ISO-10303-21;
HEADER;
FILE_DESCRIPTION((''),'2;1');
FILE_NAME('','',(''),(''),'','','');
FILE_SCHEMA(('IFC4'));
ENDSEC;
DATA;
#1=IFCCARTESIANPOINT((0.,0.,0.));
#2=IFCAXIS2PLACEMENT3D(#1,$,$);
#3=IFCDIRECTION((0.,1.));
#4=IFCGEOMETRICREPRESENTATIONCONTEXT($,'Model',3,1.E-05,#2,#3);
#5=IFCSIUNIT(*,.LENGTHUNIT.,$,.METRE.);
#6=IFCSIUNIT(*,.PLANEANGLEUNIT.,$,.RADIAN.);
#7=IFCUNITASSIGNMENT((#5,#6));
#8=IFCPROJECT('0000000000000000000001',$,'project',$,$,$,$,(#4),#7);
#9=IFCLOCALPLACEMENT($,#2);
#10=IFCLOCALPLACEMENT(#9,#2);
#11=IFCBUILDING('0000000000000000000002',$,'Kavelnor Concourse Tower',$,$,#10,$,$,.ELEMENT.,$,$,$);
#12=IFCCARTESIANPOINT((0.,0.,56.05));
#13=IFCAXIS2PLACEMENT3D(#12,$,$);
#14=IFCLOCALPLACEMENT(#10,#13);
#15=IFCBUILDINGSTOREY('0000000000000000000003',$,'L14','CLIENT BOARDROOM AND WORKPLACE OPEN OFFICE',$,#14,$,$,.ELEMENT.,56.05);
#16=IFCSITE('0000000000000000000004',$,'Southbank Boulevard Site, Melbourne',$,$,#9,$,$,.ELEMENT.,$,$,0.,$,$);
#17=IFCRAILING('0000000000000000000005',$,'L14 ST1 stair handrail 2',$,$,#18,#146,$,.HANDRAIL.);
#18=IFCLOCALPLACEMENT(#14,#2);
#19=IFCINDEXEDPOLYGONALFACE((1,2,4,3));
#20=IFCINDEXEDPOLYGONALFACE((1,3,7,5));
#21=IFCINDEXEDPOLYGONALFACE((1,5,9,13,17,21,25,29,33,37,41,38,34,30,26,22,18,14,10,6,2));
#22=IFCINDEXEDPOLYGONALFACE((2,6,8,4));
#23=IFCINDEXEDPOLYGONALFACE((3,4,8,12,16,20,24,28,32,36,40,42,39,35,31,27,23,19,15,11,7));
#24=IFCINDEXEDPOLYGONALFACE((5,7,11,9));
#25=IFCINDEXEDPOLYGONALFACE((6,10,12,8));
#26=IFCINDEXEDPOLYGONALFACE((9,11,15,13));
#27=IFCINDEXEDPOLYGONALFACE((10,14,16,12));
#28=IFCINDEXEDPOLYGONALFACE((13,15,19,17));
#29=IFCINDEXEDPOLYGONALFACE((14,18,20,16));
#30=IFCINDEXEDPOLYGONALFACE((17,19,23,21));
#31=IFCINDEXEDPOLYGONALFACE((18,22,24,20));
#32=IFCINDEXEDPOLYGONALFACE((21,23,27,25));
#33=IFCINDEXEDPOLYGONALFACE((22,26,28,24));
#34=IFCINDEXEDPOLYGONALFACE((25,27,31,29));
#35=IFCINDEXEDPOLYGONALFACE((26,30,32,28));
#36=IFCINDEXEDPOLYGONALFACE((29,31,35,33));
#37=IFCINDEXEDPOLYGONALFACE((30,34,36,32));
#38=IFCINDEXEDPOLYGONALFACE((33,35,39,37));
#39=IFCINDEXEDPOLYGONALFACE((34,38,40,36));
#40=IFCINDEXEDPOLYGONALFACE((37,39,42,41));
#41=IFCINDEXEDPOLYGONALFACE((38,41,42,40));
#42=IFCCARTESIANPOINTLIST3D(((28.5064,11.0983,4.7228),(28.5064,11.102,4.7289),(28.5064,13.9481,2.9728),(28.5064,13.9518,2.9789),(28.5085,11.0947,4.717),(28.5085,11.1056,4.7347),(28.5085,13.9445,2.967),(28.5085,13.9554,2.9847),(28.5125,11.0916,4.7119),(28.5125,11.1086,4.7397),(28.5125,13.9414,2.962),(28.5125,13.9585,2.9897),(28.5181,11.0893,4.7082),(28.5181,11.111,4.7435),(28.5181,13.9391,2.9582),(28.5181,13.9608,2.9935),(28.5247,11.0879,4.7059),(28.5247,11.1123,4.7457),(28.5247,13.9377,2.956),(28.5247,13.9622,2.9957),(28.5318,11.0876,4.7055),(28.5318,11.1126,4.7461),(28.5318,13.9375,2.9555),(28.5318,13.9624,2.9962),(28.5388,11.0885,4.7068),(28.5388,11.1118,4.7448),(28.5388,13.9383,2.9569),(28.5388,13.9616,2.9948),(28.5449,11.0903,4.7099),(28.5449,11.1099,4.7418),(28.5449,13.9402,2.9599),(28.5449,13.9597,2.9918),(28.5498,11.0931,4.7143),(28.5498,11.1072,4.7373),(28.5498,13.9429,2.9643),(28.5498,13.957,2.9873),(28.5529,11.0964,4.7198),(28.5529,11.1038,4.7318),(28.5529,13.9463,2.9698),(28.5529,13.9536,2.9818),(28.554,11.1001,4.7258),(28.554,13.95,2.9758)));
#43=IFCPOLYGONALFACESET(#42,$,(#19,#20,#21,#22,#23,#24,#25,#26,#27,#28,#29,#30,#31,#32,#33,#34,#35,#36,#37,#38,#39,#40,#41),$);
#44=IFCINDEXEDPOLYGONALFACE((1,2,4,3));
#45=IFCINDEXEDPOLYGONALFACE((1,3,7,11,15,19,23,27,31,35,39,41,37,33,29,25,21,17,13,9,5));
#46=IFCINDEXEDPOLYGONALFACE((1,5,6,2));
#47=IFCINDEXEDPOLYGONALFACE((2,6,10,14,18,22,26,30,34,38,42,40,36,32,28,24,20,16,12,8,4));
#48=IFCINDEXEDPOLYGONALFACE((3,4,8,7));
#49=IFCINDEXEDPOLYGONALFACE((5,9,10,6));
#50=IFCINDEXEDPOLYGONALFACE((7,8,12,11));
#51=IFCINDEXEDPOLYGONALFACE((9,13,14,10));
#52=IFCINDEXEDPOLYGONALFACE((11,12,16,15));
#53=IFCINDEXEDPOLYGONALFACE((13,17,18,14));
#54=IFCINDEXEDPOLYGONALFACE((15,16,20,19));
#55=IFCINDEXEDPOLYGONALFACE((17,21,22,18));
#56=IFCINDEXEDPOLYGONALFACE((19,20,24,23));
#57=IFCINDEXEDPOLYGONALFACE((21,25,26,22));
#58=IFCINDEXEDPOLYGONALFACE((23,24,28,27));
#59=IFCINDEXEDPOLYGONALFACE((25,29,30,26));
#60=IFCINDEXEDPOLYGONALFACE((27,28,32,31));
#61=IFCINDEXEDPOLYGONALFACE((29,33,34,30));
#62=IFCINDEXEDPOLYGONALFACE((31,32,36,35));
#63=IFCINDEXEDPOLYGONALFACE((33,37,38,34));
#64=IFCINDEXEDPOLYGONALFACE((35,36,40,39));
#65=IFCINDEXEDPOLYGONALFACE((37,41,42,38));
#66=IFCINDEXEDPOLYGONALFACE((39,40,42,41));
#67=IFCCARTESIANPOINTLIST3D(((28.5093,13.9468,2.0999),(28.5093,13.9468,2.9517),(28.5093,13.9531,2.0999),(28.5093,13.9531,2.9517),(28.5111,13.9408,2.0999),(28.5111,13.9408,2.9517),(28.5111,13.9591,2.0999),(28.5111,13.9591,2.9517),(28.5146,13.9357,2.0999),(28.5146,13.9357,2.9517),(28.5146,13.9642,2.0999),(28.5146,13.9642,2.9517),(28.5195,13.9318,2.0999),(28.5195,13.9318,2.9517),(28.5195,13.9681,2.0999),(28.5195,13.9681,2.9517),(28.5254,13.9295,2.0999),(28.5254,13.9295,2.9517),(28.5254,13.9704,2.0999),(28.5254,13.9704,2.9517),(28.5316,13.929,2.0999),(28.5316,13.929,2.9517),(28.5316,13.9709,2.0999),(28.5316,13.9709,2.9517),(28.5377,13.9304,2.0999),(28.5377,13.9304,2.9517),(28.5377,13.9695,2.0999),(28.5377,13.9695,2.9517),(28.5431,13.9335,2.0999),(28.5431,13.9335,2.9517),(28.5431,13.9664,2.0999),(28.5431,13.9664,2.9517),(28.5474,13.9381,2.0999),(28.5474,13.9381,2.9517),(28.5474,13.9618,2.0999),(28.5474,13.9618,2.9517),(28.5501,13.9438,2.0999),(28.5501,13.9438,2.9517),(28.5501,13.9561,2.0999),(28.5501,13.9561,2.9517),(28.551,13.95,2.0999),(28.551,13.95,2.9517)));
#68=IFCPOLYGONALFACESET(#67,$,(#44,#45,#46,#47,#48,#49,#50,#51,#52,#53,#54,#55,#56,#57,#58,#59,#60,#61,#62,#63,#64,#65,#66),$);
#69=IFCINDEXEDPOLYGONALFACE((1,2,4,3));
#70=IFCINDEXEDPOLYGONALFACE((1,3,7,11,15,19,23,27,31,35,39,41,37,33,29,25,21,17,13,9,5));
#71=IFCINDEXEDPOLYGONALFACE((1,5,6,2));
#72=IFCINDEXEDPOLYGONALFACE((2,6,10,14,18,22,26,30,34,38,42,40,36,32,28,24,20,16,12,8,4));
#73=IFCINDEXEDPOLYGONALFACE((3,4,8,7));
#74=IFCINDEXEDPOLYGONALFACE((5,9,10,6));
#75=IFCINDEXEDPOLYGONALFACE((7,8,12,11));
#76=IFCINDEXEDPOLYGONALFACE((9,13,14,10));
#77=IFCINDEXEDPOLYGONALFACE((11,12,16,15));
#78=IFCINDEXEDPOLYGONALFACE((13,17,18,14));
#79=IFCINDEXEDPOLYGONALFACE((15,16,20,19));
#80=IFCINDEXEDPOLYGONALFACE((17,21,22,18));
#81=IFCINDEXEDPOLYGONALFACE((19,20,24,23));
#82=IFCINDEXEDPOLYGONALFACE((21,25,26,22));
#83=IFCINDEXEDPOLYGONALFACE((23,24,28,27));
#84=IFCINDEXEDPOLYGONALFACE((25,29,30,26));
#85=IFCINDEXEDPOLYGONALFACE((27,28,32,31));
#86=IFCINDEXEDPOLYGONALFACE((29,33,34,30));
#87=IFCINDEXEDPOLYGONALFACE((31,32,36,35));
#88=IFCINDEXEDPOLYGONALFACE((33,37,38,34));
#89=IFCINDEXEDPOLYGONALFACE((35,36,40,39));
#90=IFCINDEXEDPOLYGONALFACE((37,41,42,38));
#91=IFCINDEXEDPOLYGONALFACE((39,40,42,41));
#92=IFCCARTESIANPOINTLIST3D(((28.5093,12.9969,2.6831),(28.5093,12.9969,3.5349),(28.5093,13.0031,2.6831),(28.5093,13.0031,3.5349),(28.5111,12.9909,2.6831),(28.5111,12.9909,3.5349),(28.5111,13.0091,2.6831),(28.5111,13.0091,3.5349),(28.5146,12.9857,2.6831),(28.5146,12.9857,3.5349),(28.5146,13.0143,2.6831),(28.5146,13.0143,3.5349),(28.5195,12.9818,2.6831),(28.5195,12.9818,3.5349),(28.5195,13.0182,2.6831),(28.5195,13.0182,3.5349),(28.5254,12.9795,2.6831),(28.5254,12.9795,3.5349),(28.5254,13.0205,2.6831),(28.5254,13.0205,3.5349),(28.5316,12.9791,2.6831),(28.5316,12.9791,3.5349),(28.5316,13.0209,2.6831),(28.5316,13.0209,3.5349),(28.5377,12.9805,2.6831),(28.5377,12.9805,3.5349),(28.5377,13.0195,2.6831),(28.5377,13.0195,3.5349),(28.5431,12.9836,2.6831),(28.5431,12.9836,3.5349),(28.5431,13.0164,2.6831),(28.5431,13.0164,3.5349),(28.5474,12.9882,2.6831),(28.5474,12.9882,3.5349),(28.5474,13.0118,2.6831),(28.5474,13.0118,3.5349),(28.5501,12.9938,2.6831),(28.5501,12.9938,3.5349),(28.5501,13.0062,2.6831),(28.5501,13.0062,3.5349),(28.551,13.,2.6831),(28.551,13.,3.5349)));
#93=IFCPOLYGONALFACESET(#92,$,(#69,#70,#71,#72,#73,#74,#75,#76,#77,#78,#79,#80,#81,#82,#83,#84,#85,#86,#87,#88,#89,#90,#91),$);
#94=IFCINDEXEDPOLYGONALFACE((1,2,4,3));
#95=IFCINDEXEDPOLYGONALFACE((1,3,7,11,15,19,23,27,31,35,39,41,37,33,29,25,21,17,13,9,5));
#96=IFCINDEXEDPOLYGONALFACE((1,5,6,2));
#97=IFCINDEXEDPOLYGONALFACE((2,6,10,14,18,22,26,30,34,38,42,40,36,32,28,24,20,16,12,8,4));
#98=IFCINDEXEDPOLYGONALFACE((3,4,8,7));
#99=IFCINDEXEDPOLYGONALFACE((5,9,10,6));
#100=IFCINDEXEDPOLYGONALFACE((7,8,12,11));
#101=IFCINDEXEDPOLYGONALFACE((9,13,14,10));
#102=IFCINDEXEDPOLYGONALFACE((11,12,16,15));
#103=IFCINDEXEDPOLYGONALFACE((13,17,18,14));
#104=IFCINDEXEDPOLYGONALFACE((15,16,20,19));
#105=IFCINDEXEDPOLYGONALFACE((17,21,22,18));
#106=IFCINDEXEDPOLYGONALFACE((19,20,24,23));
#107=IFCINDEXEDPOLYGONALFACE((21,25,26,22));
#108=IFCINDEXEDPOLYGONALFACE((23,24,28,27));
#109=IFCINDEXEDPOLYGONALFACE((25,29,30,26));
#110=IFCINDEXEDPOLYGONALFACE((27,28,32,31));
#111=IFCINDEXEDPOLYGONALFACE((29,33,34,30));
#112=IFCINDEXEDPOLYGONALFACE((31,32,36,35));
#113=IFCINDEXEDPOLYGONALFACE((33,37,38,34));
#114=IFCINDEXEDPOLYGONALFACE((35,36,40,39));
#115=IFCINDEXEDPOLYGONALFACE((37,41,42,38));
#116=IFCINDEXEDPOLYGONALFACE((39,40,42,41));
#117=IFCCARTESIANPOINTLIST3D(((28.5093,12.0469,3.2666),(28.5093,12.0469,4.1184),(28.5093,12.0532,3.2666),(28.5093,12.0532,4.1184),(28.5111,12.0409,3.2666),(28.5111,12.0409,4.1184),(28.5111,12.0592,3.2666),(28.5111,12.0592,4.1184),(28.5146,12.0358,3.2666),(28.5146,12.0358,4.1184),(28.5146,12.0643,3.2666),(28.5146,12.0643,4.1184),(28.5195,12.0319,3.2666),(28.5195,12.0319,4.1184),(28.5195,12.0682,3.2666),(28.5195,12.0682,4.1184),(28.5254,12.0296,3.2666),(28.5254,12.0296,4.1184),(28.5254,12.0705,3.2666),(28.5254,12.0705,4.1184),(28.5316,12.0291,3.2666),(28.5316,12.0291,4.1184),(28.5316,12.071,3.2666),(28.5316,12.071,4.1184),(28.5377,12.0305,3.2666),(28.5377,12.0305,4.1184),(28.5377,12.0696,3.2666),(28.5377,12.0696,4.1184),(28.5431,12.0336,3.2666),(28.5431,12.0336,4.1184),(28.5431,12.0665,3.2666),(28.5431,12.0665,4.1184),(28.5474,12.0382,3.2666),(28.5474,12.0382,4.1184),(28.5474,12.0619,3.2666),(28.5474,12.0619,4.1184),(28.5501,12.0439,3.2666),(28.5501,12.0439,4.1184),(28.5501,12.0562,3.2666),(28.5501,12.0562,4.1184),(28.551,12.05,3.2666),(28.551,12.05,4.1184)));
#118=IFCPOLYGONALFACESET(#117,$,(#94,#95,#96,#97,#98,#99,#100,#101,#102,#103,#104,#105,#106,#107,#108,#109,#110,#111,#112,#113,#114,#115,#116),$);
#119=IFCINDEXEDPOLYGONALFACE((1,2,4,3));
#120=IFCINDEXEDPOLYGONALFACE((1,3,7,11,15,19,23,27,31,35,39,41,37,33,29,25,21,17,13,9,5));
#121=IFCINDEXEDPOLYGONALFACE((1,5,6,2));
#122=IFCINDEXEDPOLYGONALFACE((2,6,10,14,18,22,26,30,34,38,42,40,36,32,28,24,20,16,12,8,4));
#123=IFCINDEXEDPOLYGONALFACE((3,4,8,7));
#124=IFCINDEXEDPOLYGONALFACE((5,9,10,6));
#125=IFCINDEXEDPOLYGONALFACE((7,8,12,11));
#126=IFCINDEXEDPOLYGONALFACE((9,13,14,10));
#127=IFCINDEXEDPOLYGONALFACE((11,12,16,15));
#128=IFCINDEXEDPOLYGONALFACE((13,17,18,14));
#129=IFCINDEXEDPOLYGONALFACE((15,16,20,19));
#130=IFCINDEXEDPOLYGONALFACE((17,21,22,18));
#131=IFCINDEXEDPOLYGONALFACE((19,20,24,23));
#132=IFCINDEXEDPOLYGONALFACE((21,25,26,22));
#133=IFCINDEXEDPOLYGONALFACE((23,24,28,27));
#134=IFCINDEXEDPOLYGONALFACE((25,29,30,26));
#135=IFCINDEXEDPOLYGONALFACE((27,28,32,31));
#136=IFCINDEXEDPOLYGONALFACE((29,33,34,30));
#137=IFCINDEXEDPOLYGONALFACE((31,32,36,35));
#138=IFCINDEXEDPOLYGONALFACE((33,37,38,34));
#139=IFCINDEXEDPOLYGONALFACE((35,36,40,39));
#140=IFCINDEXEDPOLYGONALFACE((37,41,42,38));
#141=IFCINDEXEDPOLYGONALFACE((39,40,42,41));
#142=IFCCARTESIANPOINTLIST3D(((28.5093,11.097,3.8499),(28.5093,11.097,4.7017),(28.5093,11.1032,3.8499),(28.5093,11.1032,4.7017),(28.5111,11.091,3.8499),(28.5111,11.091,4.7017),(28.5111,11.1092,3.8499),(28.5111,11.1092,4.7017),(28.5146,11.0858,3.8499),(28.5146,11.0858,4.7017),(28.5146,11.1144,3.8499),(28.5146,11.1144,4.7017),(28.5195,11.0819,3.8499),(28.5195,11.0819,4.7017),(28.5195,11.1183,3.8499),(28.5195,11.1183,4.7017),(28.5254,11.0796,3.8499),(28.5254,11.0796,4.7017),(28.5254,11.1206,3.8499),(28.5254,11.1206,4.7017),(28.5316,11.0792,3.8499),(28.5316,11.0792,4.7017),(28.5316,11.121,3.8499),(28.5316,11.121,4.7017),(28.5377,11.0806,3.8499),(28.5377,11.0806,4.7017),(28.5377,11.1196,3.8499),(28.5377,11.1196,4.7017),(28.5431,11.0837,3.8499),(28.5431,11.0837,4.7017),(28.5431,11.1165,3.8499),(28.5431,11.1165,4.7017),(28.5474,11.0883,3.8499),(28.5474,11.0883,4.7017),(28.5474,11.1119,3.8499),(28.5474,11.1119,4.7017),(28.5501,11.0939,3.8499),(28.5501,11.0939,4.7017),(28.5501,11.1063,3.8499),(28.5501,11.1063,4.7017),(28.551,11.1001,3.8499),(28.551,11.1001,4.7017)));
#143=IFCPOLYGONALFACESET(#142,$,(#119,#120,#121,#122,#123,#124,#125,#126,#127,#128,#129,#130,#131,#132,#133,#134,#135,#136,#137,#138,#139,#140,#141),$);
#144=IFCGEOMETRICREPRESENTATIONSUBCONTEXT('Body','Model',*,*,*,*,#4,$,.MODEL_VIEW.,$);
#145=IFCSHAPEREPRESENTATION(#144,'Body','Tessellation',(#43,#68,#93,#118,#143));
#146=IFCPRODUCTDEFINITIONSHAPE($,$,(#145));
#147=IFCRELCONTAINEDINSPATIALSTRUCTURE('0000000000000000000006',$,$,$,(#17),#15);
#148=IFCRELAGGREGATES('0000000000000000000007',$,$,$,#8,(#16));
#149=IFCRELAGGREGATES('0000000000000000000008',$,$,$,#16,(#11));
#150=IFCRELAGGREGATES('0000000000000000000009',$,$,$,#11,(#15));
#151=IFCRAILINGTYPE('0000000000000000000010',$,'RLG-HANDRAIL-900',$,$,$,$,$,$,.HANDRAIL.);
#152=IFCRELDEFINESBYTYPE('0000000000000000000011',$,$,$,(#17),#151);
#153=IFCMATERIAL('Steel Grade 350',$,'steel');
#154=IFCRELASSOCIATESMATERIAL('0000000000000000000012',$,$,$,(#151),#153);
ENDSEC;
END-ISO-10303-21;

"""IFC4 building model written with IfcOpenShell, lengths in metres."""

from ifc_helpers import new_model, si_unit, direction, frame, origin, origin_2d, place, context, subcontext, project, spatial, circle, extrude, material, type_object, element, save


model = new_model("IFC4")

# Units and contexts
model_context = context("Model", 3, precision=1e-05, world=origin(), true_north=direction((0.0, 1.0)))
body_context = subcontext(model_context, "Body", "Model", "MODEL_VIEW")
ifc_project = project(units=[si_unit("LENGTHUNIT", "METRE"), si_unit("PLANEANGLEUNIT", "RADIAN")], contexts=[model_context])

# Site, building, storey
site_placement = place(None, origin())
site = spatial("IfcSite", under=ifc_project, at=site_placement, Name="Southbank Boulevard Site, Melbourne", CompositionType="ELEMENT", RefElevation=0.0)
building_placement = place(site_placement, origin())
building = spatial("IfcBuilding", under=site, at=building_placement, Name="Kavelnor Concourse Tower", CompositionType="ELEMENT")
storey_placement = place(building_placement, frame((0.0, 0.0, 56.05)))
storey = spatial("IfcBuildingStorey", under=building, at=storey_placement, Name="L14", Description="CLIENT BOARDROOM AND WORKPLACE OPEN OFFICE", CompositionType="ELEMENT", Elevation=56.05)

# Shared definitions
ifc_material_1 = material(Name="Steel Grade 350", Category="steel")

# Railing
railing_type_1 = type_object("IfcRailingType", Name="RLG-HANDRAIL-900", PredefinedType="HANDRAIL", material=ifc_material_1)
railing_1_placement = place(storey_placement, frame((28.53, 13.95, 2.0999)))
element("IfcRailing", 1, at=railing_1_placement, inside=storey, type_object=railing_type_1, Name="L14 ST1 stair handrail 2", PredefinedType="HANDRAIL", context=body_context, shape_type="SweptSolid", body=[
    extrude(circle(Radius=0.0239, at=origin_2d()), frame((0.0, 0.0, 0.876), z_axis=(0.0, -0.852159, 0.523283), x_axis=(1.0, 0.0, 0.0)), (0.0, 0.0, 1.0), 3.3442),
    extrude(circle(Radius=0.021, at=origin_2d()), origin(), (0.0, 0.0, 1.0), 0.8518),
    extrude(circle(Radius=0.021, at=origin_2d()), frame((0.0, -0.95, 0.5833)), (0.0, 0.0, 1.0), 0.8518),
    extrude(circle(Radius=0.021, at=origin_2d()), frame((0.0, -1.8999, 1.1667)), (0.0, 0.0, 1.0), 0.8518),
    extrude(circle(Radius=0.021, at=origin_2d()), frame((0.0, -2.8499, 1.75)), (0.0, 0.0, 1.0), 0.8518),
])

save(model, "model.ifc")
